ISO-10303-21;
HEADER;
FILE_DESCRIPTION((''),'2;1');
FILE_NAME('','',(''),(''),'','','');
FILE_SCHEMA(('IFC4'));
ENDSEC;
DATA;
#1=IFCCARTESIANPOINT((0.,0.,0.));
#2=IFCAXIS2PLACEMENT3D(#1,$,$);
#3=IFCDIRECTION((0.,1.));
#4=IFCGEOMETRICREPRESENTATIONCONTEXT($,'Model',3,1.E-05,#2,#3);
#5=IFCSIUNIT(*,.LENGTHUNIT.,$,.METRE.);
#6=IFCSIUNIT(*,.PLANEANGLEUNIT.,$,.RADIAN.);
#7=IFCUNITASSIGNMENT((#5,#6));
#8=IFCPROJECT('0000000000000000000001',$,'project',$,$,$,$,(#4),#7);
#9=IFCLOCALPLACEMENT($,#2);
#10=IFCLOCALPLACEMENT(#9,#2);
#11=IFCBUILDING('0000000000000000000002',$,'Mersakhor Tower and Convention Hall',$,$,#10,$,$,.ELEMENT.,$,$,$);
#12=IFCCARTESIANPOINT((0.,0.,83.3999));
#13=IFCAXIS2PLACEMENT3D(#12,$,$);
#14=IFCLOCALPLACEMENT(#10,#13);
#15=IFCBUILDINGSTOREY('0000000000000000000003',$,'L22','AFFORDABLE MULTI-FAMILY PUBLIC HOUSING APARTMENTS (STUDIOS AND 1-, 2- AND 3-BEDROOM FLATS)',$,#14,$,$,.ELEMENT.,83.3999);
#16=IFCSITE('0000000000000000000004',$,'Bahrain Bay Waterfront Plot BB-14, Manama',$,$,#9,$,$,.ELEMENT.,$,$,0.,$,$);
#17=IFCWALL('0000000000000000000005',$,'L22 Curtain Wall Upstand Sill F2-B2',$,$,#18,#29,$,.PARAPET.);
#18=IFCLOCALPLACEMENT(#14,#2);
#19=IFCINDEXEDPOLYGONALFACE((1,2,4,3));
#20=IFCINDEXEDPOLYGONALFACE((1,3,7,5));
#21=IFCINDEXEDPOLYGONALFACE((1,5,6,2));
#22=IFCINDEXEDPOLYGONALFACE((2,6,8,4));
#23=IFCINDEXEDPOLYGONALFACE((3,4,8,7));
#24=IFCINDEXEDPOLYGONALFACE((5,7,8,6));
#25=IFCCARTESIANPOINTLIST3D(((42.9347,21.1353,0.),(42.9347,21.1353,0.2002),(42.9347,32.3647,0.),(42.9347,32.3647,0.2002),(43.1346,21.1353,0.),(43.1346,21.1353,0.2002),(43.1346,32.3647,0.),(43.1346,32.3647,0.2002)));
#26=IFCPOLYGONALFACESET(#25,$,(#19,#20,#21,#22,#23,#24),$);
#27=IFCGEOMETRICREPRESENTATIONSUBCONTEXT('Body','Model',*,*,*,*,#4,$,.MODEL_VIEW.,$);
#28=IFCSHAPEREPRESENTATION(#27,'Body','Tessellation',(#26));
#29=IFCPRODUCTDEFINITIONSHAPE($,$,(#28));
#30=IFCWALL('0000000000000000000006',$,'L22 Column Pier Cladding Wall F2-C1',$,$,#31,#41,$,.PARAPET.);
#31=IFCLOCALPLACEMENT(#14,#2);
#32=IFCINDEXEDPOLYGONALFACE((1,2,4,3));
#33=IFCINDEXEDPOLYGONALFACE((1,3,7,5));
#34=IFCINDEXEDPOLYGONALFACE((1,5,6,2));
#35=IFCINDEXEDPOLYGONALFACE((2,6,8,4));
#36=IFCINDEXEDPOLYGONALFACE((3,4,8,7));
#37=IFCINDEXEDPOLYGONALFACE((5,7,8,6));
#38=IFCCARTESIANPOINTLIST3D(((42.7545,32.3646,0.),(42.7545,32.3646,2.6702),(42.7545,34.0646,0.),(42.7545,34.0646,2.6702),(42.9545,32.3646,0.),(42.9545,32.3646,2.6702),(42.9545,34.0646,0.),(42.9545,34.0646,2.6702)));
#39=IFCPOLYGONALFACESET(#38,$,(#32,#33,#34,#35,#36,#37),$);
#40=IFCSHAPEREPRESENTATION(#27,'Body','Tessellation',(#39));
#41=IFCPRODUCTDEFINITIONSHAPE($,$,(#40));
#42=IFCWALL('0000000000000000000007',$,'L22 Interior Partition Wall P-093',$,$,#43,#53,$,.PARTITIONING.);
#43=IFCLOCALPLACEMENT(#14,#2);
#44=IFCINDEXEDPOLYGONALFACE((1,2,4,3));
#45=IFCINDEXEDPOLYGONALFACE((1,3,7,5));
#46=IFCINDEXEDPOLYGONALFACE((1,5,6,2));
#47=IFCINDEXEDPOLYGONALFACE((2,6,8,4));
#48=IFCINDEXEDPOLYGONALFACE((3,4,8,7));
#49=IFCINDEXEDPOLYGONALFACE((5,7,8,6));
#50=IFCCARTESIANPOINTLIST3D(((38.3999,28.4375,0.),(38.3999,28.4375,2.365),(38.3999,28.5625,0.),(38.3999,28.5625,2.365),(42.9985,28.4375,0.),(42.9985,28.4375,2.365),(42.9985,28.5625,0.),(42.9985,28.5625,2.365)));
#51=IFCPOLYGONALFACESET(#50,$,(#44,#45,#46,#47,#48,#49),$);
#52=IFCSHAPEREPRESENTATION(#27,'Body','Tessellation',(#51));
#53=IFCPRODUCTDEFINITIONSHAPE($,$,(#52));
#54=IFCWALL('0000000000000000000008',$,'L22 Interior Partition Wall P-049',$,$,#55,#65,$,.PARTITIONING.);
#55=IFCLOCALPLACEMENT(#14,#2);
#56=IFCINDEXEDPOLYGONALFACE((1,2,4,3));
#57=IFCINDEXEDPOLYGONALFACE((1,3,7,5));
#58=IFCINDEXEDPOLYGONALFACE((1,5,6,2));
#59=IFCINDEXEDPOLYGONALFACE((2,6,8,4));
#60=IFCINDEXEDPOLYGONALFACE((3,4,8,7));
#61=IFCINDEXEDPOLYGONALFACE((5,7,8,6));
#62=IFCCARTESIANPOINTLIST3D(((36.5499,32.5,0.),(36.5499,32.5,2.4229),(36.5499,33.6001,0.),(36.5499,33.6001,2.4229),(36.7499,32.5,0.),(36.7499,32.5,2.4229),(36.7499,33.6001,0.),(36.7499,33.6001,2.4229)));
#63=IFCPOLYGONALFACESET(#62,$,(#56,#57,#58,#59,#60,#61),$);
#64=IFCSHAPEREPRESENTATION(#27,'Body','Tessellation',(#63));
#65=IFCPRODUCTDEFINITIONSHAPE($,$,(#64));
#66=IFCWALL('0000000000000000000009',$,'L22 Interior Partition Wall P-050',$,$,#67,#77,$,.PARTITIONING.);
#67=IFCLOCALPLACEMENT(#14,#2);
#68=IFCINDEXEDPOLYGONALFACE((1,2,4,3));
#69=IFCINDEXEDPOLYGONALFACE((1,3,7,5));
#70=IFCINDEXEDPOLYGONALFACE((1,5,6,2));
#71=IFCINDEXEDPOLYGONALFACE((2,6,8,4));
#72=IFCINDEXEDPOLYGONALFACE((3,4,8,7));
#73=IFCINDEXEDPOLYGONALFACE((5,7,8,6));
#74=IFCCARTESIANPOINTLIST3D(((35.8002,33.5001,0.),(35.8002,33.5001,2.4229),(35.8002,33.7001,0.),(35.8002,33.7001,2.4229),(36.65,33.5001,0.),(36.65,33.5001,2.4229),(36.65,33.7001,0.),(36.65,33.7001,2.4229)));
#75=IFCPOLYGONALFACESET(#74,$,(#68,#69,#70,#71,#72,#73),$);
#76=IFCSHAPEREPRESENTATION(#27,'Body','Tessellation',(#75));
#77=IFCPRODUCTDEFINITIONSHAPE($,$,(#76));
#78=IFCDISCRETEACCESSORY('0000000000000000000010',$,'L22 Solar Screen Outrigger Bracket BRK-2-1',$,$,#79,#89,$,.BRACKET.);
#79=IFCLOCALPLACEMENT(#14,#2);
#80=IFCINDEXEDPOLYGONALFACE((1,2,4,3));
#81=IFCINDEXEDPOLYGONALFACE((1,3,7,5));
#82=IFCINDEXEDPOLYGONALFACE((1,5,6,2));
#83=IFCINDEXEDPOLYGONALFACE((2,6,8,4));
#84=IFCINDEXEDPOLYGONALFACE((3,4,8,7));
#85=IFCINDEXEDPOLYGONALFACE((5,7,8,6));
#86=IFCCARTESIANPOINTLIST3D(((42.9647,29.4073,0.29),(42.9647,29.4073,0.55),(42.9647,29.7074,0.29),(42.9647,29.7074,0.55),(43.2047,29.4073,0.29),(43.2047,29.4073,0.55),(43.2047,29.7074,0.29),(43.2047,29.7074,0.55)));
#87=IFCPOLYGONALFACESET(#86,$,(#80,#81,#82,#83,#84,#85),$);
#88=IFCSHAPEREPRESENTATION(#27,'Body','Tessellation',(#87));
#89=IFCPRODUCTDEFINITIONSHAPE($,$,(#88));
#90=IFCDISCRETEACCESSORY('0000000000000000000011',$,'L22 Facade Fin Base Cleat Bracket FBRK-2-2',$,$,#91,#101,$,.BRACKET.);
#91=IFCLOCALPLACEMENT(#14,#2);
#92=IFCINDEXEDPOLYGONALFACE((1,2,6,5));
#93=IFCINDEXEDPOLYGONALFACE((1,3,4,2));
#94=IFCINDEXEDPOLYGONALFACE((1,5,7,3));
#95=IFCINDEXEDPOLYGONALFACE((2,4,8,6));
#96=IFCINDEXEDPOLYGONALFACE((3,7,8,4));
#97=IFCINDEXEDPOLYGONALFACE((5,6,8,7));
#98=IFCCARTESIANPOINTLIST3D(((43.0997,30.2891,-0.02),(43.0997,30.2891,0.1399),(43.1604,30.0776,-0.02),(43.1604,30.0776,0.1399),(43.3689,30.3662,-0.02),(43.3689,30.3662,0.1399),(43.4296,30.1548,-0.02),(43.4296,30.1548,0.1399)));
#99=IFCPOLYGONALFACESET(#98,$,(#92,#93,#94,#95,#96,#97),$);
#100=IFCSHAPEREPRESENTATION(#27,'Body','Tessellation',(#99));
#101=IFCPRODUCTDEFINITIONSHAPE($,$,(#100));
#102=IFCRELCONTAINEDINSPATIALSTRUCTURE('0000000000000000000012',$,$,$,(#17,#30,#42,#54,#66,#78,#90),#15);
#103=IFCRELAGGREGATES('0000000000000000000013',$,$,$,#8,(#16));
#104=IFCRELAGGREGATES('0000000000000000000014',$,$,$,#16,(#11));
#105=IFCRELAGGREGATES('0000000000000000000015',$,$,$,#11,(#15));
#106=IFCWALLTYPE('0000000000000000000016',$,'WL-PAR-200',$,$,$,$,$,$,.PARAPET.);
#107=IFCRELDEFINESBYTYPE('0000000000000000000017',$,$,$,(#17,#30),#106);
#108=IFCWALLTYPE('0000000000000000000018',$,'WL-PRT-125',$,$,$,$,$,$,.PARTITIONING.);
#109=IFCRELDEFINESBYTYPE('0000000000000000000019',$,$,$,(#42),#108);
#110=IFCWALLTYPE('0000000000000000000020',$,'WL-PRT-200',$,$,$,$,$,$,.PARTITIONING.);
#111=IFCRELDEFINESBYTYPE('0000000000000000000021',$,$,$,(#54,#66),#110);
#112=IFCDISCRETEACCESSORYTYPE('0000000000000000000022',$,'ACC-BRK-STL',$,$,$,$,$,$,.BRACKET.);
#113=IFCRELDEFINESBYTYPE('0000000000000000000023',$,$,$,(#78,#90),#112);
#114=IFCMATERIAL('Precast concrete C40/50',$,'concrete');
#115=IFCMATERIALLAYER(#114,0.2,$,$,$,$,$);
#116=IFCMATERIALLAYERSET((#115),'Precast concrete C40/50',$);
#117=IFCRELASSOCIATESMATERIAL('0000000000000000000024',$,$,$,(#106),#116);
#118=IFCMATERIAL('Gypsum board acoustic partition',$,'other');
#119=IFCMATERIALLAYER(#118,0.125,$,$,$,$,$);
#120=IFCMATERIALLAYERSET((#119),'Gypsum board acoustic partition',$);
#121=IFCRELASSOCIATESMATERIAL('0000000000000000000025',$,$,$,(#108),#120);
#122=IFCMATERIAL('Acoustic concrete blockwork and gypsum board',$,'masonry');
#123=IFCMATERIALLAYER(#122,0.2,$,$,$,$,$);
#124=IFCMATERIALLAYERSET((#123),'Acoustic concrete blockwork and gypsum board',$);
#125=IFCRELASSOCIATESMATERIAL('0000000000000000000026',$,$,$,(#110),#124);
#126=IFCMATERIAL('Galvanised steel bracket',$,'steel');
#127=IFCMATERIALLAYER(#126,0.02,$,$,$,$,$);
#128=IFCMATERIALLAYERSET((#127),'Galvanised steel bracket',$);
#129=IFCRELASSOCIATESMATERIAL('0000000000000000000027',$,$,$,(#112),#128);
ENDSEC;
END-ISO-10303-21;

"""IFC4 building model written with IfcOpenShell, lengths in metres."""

from ifc_helpers import new_model, si_unit, direction, frame, frame_2d, origin, origin_2d, place, context, subcontext, project, spatial, rectangle, extrude, material, layer, layer_set, type_object, element, save


model = new_model("IFC4")

# Units and contexts
model_context = context("Model", 3, precision=1e-05, world=origin(), true_north=direction((0.0, 1.0)))
body_context = subcontext(model_context, "Body", "Model", "MODEL_VIEW")
ifc_project = project(units=[si_unit("LENGTHUNIT", "METRE"), si_unit("PLANEANGLEUNIT", "RADIAN")], contexts=[model_context])

# Site, building, storey
site_placement = place(None, origin())
site = spatial("IfcSite", under=ifc_project, at=site_placement, Name="Bahrain Bay Waterfront Plot BB-14, Manama", CompositionType="ELEMENT", RefElevation=0.0)
building_placement = place(site_placement, origin())
building = spatial("IfcBuilding", under=site, at=building_placement, Name="Mersakhor Tower and Convention Hall", CompositionType="ELEMENT")
storey_placement = place(building_placement, frame((0.0, 0.0, 83.3999)))
storey = spatial("IfcBuildingStorey", under=building, at=storey_placement, Name="L22", Description="AFFORDABLE MULTI-FAMILY PUBLIC HOUSING APARTMENTS (STUDIOS AND 1-, 2- AND 3-BEDROOM FLATS)", CompositionType="ELEMENT", Elevation=83.3999)

# Walls
ifc_material_1 = material(Name="Precast concrete C40/50", Category="concrete")
ifc_layer_1 = layer(ifc_material_1, 0.2)
ifc_layer_set_1 = layer_set([ifc_layer_1], Name="Precast concrete C40/50")
wall_type_1 = type_object("IfcWallType", Name="WL-PAR-200", PredefinedType="PARAPET", material=ifc_layer_set_1)
wall_1_placement = place(storey_placement, frame((43.0347, 32.3647, 0.0), z_axis=(0.0, 0.0, 1.0), x_axis=(0.0, -1.0, 0.0)))
element("IfcWall", 1, at=wall_1_placement, inside=storey, type_object=wall_type_1, Name="L22 Curtain Wall Upstand Sill F2-B2", PredefinedType="PARAPET", context=body_context, shape_type="SweptSolid", body=[
    extrude(rectangle(XDim=11.2295, YDim=0.2, at=frame_2d((5.6147, 0.0))), origin(), (0.0, 0.0, 1.0), 0.2002),
])
wall_2_placement = place(storey_placement, frame((42.8545, 34.0647, 0.0), z_axis=(0.0, 0.0, 1.0), x_axis=(0.0, -1.0, 0.0)))
element("IfcWall", 2, at=wall_2_placement, inside=storey, type_object=wall_type_1, Name="L22 Column Pier Cladding Wall F2-C1", PredefinedType="PARAPET", context=body_context, shape_type="SweptSolid", body=[
    extrude(rectangle(XDim=1.7, YDim=0.2, at=frame_2d((0.8501, 0.0))), origin(), (0.0, 0.0, 1.0), 2.6702),
])
ifc_material_2 = material(Name="Gypsum board acoustic partition", Category="other")
ifc_layer_2 = layer(ifc_material_2, 0.125)
ifc_layer_set_2 = layer_set([ifc_layer_2], Name="Gypsum board acoustic partition")
wall_type_2 = type_object("IfcWallType", Name="WL-PRT-125", PredefinedType="PARTITIONING", material=ifc_layer_set_2)
wall_3_placement = place(storey_placement, frame((42.9985, 28.5, 0.0), z_axis=(0.0, 0.0, 1.0), x_axis=(-1.0, 0.0, 0.0)))
element("IfcWall", 3, at=wall_3_placement, inside=storey, type_object=wall_type_2, Name="L22 Interior Partition Wall P-093", PredefinedType="PARTITIONING", context=body_context, shape_type="SweptSolid", body=[
    extrude(rectangle(XDim=4.5986, YDim=0.125, at=frame_2d((2.2993, 0.0))), origin(), (0.0, 0.0, 1.0), 2.365),
])
ifc_material_3 = material(Name="Acoustic concrete blockwork and gypsum board", Category="masonry")
ifc_layer_3 = layer(ifc_material_3, 0.2)
ifc_layer_set_3 = layer_set([ifc_layer_3], Name="Acoustic concrete blockwork and gypsum board")
wall_type_3 = type_object("IfcWallType", Name="WL-PRT-200", PredefinedType="PARTITIONING", material=ifc_layer_set_3)
wall_4_placement = place(storey_placement, frame((36.6499, 32.5, 0.0), z_axis=(0.0, 0.0, 1.0), x_axis=(0.0, 1.0, 0.0)))
element("IfcWall", 4, at=wall_4_placement, inside=storey, type_object=wall_type_3, Name="L22 Interior Partition Wall P-049", PredefinedType="PARTITIONING", context=body_context, shape_type="SweptSolid", body=[
    extrude(rectangle(XDim=1.1001, YDim=0.2, at=frame_2d((0.55, 0.0))), origin(), (0.0, 0.0, 1.0), 2.4229),
])
wall_5_placement = place(storey_placement, frame((36.6499, 33.6001, 0.0), z_axis=(0.0, 0.0, 1.0), x_axis=(-1.0, 0.0, 0.0)))
element("IfcWall", 5, at=wall_5_placement, inside=storey, type_object=wall_type_3, Name="L22 Interior Partition Wall P-050", PredefinedType="PARTITIONING", context=body_context, shape_type="SweptSolid", body=[
    extrude(rectangle(XDim=0.8499, YDim=0.2, at=frame_2d((0.4248, 0.0))), origin(), (0.0, 0.0, 1.0), 2.4229),
])

# Discrete accessories
ifc_material_4 = material(Name="Galvanised steel bracket", Category="steel")
ifc_layer_4 = layer(ifc_material_4, 0.02)
ifc_layer_set_4 = layer_set([ifc_layer_4], Name="Galvanised steel bracket")
discrete_accessory_type = type_object("IfcDiscreteAccessoryType", Name="ACC-BRK-STL", PredefinedType="BRACKET", material=ifc_layer_set_4)
discrete_accessory_1_placement = place(storey_placement, frame((43.0847, 29.5574, 0.29), z_axis=(0.0, 0.0, 1.0), x_axis=(0.0, -1.0, 0.0)))
element("IfcDiscreteAccessory", 6, at=discrete_accessory_1_placement, inside=storey, type_object=discrete_accessory_type, Name="L22 Solar Screen Outrigger Bracket BRK-2-1", PredefinedType="BRACKET", context=body_context, shape_type="SweptSolid", body=[
    extrude(rectangle(XDim=0.3, YDim=0.24, at=origin_2d()), origin(), (0.0, 0.0, 1.0), 0.26),
])
discrete_accessory_2_placement = place(storey_placement, frame((43.2646, 30.2219, -0.02), z_axis=(0.0, 0.0, 1.0), x_axis=(0.961262, 0.275637, 0.0)))
element("IfcDiscreteAccessory", 7, at=discrete_accessory_2_placement, inside=storey, type_object=discrete_accessory_type, Name="L22 Facade Fin Base Cleat Bracket FBRK-2-2", PredefinedType="BRACKET", context=body_context, shape_type="SweptSolid", body=[
    extrude(rectangle(XDim=0.28, YDim=0.22, at=origin_2d()), origin(), (0.0, 0.0, 1.0), 0.1599),
])

save(model, "model.ifc")
